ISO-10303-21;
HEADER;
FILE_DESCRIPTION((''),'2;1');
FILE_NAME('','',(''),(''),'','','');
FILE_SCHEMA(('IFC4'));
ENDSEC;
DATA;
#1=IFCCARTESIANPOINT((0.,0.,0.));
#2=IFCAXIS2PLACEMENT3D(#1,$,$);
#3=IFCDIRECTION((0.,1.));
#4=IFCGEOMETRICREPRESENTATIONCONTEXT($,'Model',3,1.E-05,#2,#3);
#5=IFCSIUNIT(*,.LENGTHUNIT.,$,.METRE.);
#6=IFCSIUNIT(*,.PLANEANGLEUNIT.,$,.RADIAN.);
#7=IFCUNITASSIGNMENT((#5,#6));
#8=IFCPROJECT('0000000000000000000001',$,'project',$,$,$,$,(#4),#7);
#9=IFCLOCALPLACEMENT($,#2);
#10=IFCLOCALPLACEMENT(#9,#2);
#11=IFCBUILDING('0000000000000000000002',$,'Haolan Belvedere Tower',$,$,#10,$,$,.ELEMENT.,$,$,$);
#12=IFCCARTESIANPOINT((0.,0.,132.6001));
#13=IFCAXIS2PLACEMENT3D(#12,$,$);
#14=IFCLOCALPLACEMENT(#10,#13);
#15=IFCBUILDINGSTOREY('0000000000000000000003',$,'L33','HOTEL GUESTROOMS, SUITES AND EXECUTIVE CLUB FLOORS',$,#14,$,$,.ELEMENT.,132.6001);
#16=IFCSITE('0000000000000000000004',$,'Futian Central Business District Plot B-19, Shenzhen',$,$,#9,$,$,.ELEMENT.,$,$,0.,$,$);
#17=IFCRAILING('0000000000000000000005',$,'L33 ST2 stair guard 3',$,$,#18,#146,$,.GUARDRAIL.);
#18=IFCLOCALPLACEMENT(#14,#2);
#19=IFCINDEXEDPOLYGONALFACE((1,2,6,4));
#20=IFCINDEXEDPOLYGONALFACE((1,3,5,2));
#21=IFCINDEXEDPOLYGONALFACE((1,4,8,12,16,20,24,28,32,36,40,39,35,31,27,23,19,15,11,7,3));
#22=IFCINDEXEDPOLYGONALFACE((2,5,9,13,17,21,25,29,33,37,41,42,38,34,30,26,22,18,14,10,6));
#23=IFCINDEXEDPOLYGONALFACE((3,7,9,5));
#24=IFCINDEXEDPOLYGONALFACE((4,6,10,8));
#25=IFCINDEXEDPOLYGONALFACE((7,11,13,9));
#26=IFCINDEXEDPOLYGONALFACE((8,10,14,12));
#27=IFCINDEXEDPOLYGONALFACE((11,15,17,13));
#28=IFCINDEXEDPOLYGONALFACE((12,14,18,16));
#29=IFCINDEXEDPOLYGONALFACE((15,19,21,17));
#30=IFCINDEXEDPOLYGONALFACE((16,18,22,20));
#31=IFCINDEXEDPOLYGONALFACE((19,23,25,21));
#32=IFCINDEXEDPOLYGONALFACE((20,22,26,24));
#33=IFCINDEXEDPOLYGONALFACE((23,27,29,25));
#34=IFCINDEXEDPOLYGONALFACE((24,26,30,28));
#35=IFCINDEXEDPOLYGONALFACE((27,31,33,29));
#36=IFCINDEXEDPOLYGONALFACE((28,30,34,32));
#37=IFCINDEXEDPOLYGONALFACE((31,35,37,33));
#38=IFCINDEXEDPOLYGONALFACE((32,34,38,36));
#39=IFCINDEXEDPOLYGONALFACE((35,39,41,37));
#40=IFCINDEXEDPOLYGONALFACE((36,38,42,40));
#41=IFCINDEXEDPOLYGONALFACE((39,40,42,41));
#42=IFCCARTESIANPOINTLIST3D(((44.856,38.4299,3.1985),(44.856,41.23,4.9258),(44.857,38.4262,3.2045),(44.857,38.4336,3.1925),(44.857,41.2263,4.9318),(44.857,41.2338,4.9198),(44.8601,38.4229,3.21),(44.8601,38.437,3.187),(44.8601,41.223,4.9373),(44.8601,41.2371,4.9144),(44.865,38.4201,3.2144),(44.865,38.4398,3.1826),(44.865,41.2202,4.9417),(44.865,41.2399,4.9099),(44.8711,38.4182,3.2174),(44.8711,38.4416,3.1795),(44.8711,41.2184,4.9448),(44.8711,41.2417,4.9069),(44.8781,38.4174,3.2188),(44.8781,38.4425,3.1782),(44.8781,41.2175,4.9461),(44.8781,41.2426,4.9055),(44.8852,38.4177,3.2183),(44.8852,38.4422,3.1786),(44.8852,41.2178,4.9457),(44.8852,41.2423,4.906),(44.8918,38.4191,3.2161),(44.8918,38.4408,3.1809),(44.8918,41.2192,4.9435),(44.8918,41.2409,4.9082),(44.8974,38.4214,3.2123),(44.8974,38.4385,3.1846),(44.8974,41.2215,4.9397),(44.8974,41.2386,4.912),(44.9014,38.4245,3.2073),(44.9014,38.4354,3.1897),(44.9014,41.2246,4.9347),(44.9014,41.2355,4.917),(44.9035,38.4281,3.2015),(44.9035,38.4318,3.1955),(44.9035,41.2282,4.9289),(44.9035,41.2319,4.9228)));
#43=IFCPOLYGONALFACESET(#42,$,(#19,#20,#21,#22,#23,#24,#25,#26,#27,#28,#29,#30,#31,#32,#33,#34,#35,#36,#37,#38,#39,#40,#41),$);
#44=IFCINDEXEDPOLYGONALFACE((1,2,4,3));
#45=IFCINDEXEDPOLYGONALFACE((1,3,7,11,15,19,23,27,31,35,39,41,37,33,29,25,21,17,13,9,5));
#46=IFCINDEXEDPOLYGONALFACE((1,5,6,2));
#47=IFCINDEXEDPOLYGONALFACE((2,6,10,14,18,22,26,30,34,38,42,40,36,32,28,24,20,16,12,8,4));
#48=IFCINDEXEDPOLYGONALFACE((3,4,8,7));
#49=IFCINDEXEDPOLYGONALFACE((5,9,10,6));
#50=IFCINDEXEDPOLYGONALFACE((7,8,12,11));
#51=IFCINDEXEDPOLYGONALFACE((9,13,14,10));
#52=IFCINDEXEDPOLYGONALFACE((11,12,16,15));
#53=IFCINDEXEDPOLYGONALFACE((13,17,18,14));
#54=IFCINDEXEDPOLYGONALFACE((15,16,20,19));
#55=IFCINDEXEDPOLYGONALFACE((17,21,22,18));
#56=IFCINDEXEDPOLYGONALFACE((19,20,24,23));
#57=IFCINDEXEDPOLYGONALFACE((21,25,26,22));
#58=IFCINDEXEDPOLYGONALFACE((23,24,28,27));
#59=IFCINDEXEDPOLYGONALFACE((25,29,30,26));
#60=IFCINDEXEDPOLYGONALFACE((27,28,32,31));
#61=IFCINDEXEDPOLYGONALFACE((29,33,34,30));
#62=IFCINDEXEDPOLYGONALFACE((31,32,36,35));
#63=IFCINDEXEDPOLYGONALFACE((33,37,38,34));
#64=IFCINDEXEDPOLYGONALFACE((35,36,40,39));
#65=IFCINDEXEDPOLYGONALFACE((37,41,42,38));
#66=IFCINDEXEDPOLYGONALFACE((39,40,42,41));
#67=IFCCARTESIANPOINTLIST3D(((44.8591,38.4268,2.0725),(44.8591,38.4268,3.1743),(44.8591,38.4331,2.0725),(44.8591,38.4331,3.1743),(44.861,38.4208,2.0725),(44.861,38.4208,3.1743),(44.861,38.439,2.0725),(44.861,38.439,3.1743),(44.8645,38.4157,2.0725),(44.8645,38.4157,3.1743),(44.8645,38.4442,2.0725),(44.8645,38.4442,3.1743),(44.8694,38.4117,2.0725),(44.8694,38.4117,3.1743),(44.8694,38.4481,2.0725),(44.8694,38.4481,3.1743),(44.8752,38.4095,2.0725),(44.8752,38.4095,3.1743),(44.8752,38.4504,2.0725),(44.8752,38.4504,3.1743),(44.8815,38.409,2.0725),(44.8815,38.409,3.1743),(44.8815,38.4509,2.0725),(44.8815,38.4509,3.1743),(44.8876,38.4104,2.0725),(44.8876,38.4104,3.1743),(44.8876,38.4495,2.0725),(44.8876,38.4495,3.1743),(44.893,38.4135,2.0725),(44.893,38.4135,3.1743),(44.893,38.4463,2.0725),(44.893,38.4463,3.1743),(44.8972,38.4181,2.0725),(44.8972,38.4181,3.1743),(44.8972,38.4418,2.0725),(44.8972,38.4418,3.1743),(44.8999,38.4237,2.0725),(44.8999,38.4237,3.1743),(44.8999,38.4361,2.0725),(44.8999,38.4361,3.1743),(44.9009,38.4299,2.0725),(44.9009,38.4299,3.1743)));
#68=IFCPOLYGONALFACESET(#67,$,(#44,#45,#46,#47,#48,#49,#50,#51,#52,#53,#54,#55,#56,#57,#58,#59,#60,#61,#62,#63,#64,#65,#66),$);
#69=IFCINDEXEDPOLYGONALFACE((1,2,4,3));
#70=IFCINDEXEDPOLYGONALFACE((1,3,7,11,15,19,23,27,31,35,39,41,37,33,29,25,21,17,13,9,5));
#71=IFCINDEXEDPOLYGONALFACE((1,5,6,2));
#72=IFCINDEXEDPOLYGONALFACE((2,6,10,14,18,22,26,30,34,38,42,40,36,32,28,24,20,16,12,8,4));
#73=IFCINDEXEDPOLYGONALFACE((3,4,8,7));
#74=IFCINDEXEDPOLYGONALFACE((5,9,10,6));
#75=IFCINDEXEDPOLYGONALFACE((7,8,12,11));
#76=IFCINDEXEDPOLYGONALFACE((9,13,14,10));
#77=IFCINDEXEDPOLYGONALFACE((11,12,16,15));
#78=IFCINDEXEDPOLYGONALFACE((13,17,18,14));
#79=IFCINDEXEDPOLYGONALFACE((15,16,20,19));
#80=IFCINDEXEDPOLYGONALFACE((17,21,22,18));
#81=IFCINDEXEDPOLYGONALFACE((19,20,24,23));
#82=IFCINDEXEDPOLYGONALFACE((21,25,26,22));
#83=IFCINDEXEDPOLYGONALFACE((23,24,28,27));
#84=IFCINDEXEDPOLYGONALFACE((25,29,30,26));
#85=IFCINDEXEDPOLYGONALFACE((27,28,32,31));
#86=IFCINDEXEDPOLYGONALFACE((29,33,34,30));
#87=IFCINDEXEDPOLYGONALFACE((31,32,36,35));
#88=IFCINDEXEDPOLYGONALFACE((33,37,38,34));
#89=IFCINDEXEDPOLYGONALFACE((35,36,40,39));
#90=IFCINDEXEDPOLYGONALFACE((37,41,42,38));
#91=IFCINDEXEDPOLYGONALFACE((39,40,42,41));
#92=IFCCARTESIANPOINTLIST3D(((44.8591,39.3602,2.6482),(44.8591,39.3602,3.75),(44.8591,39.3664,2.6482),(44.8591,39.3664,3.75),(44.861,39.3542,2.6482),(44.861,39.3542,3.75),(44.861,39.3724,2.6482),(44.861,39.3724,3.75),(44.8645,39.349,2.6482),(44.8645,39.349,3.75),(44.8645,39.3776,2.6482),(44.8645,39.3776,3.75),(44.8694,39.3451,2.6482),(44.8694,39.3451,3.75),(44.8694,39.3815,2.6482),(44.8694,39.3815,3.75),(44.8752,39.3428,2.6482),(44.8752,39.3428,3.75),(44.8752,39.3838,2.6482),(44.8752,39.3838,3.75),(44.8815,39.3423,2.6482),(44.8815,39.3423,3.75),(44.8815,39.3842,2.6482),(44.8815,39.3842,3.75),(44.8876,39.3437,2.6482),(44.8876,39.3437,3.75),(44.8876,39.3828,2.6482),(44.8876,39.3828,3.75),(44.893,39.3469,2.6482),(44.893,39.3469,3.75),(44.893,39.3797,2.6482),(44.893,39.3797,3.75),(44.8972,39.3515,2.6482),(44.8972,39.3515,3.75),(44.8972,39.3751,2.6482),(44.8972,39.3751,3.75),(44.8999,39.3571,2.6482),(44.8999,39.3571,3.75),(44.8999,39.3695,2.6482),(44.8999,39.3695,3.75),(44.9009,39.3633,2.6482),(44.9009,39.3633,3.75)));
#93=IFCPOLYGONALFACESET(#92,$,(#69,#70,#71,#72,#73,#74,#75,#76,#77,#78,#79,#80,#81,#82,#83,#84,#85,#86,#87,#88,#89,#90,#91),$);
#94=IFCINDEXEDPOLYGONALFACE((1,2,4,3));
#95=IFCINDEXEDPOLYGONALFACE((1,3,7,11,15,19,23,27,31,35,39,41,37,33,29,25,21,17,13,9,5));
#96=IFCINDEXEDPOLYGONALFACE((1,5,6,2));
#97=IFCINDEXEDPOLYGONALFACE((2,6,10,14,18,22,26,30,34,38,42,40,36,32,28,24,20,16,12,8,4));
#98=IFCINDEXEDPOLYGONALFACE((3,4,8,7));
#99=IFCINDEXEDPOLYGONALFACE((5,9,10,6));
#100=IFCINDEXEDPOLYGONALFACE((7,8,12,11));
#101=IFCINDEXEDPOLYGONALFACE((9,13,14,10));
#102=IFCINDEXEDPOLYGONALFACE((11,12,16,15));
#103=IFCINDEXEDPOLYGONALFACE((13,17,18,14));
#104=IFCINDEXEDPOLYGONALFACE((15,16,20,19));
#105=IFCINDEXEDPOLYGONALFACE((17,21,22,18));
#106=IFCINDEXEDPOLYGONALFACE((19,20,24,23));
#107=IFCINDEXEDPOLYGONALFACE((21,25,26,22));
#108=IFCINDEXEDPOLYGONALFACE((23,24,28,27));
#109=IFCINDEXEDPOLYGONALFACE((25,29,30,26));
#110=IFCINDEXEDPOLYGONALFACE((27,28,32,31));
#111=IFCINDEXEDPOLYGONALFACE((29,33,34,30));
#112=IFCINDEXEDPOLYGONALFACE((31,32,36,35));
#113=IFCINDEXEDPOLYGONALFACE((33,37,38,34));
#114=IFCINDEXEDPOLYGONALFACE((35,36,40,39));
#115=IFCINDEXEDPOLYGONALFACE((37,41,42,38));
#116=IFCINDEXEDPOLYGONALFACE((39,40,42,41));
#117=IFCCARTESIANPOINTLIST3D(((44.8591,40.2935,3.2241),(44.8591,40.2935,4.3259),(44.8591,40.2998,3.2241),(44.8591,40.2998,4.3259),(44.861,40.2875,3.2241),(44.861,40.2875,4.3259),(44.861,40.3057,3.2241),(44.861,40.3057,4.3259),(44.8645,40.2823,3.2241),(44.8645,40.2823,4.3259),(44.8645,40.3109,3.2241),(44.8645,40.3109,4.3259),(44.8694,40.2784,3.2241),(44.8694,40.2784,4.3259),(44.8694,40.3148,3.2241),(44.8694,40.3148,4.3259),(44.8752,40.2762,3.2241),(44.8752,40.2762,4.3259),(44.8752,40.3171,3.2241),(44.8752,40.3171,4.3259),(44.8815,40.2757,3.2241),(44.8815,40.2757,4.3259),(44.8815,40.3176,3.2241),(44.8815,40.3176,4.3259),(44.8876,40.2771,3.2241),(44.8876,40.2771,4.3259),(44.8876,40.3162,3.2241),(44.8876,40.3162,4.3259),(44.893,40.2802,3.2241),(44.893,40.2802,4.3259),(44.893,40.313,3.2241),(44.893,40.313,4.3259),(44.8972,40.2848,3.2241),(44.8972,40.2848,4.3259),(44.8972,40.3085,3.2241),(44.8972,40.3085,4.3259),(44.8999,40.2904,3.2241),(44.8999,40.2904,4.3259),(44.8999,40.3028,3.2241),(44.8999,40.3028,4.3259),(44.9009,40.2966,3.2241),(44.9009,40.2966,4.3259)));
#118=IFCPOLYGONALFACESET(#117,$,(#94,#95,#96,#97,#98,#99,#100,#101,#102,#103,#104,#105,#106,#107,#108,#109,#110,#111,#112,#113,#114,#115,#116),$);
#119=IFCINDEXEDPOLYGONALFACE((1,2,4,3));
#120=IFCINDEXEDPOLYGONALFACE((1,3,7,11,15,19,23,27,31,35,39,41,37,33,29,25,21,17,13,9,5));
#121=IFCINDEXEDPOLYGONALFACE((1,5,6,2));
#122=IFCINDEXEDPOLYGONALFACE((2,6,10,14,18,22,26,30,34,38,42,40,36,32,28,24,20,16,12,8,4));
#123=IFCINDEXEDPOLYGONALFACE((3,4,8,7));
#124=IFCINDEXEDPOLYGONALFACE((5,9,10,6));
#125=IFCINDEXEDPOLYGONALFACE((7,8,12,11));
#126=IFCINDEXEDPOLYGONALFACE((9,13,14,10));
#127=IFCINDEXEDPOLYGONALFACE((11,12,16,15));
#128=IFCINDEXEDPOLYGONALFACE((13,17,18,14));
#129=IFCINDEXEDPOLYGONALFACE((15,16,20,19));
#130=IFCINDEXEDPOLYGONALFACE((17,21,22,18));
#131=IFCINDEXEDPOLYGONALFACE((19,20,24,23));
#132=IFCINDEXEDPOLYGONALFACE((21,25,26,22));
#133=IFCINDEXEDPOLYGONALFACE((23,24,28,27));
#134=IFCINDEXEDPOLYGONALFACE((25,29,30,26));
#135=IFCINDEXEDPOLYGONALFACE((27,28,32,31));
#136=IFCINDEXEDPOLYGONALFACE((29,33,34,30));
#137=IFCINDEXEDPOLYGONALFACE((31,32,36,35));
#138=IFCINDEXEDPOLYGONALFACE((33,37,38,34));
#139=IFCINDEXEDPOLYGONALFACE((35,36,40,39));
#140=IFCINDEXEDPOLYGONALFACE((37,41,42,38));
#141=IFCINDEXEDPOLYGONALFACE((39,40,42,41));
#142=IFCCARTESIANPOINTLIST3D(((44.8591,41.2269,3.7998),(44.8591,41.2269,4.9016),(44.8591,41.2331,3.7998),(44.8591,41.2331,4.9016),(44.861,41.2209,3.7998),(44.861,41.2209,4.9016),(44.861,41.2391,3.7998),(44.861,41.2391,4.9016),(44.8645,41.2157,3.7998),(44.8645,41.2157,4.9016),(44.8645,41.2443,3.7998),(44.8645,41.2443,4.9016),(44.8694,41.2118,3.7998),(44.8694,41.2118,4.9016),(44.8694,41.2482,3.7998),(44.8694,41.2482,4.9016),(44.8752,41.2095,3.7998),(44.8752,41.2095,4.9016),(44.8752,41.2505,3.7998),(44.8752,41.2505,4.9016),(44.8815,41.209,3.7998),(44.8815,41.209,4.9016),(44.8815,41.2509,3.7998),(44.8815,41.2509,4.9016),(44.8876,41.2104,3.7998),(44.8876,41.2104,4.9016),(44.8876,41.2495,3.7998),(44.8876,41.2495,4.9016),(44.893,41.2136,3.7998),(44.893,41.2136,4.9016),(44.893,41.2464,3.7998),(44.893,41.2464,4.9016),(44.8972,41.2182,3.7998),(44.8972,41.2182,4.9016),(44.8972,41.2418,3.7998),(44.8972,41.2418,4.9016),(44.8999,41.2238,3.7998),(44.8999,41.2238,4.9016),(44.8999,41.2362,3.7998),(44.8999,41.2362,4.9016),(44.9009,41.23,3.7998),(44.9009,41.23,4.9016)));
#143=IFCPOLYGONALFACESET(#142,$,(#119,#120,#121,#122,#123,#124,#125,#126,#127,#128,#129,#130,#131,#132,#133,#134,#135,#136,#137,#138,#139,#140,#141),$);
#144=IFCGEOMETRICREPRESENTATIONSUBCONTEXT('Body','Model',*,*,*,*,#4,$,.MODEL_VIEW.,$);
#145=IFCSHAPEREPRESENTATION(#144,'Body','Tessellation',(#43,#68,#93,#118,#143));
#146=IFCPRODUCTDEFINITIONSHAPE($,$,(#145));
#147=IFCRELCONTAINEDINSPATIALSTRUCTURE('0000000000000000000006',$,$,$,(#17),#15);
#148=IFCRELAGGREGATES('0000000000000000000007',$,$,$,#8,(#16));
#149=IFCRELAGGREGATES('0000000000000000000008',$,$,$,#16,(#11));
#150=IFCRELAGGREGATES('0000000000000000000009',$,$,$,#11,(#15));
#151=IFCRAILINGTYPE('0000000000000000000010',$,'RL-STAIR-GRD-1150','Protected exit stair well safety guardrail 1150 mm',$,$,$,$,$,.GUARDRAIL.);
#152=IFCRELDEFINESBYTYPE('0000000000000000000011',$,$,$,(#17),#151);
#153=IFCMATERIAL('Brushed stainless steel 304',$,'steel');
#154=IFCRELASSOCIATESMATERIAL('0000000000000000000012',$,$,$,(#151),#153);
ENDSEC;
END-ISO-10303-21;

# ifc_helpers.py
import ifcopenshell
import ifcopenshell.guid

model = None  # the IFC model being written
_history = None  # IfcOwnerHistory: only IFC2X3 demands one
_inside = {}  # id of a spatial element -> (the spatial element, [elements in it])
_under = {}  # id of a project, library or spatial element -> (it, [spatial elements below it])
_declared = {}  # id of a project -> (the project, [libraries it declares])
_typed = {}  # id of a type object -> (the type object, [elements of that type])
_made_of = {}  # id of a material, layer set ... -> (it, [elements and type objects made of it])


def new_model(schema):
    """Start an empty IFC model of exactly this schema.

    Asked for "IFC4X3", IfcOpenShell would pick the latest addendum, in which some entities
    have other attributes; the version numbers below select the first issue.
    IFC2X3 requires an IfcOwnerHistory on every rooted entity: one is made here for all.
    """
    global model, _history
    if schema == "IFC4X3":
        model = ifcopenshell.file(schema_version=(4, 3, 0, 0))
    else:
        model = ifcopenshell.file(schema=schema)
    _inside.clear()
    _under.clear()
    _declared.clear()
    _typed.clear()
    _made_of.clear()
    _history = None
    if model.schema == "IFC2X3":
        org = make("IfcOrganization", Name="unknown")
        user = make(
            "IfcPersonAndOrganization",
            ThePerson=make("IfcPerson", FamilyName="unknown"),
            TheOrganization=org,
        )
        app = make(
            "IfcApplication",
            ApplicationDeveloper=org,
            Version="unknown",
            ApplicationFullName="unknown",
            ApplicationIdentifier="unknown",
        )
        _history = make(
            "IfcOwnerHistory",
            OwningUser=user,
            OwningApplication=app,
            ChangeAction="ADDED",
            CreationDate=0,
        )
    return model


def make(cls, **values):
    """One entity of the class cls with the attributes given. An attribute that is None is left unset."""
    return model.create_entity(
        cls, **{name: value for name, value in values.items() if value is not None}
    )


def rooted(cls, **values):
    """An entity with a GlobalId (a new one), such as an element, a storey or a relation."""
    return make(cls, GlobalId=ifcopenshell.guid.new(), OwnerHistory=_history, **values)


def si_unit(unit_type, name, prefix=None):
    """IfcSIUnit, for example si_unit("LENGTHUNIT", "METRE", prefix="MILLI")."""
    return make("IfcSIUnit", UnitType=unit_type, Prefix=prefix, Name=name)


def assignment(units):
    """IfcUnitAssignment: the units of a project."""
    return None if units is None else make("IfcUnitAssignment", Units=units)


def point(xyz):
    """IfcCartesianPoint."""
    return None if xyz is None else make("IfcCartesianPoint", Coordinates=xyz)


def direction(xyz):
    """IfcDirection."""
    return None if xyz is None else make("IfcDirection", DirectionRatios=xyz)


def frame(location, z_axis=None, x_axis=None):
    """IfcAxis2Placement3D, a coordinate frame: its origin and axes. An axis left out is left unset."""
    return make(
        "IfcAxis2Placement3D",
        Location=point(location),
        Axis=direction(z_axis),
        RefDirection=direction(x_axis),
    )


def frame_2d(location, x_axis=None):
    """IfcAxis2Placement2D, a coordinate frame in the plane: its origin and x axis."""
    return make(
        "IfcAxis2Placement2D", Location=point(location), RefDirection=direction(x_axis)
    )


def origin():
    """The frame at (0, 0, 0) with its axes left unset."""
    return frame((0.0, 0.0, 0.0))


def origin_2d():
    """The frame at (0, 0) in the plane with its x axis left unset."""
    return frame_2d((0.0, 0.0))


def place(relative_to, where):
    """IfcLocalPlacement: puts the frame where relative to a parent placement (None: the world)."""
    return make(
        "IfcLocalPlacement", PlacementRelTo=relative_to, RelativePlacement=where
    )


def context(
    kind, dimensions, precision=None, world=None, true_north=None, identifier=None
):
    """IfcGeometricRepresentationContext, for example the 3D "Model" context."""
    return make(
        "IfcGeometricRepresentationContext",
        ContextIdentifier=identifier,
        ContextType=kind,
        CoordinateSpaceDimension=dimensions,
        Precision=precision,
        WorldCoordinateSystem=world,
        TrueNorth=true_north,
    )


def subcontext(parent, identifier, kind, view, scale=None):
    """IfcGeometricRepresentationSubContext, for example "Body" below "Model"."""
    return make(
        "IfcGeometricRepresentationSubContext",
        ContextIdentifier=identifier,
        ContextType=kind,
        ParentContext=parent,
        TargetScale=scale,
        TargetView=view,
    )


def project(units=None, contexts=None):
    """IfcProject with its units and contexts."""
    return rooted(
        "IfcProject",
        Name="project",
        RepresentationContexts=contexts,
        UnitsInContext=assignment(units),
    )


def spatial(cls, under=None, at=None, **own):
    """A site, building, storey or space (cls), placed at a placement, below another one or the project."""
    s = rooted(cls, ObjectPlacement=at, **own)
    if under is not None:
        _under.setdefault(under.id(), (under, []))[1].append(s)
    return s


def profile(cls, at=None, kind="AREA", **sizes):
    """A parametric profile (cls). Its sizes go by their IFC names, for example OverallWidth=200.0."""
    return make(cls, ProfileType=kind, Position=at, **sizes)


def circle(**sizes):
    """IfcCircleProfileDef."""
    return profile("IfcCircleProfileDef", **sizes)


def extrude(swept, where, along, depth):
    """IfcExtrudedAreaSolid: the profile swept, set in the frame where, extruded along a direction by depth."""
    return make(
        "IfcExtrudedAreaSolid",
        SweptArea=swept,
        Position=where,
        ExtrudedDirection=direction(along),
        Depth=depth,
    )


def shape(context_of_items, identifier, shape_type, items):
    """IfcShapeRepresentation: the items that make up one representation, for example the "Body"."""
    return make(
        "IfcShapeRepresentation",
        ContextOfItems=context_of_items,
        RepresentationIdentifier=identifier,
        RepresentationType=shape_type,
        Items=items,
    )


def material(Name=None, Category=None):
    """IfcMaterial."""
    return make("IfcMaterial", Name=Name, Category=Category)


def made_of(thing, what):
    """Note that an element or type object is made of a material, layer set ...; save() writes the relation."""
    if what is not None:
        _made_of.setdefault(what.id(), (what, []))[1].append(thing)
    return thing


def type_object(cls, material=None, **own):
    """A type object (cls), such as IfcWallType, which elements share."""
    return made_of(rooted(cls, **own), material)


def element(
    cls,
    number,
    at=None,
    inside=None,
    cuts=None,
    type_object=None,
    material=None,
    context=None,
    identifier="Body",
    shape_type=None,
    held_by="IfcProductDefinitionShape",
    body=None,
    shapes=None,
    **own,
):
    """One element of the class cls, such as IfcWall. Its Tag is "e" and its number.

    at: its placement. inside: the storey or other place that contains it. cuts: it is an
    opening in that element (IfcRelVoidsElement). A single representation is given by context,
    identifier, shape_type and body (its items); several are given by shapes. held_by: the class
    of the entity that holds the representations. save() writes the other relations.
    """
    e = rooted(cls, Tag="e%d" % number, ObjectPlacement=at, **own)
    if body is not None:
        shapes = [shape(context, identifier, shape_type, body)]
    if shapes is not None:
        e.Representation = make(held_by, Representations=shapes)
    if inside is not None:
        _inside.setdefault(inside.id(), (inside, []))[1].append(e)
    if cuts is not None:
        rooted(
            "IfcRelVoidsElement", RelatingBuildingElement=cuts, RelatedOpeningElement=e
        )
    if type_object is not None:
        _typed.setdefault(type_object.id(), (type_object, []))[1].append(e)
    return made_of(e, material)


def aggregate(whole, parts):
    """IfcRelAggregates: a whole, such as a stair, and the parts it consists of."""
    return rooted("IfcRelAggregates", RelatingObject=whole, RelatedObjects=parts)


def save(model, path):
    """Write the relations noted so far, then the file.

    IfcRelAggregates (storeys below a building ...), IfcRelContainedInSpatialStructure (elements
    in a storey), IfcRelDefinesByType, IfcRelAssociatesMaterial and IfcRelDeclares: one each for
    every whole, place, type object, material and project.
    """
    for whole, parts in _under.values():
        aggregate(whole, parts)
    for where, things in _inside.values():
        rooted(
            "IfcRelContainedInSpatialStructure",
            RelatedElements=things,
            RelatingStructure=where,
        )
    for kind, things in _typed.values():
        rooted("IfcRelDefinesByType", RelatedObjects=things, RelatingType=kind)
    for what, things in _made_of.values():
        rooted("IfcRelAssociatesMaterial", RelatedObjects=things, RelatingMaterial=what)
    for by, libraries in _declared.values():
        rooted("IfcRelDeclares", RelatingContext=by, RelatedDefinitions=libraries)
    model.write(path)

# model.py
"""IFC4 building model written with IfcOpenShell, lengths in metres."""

from ifc_helpers import new_model, si_unit, direction, frame, origin, origin_2d, place, context, subcontext, project, spatial, circle, extrude, material, type_object, element, save


model = new_model("IFC4")

# Units and contexts
model_context = context("Model", 3, precision=1e-05, world=origin(), true_north=direction((0.0, 1.0)))
body_context = subcontext(model_context, "Body", "Model", "MODEL_VIEW")
ifc_project = project(units=[si_unit("LENGTHUNIT", "METRE"), si_unit("PLANEANGLEUNIT", "RADIAN")], contexts=[model_context])

# Site, building, storey
site_placement = place(None, origin())
site = spatial("IfcSite", under=ifc_project, at=site_placement, Name="Futian Central Business District Plot B-19, Shenzhen", CompositionType="ELEMENT", RefElevation=0.0)
building_placement = place(site_placement, origin())
building = spatial("IfcBuilding", under=site, at=building_placement, Name="Haolan Belvedere Tower", CompositionType="ELEMENT")
storey_placement = place(building_placement, frame((0.0, 0.0, 132.6001)))
storey = spatial("IfcBuildingStorey", under=building, at=storey_placement, Name="L33", Description="HOTEL GUESTROOMS, SUITES AND EXECUTIVE CLUB FLOORS", CompositionType="ELEMENT", Elevation=132.6001)

# Railing
ifc_material_1 = material(Name="Brushed stainless steel 304", Category="steel")
railing_type_1 = type_object("IfcRailingType", Name="RL-STAIR-GRD-1150", Description="Protected exit stair well safety guardrail 1150 mm", PredefinedType="GUARDRAIL", material=ifc_material_1)
railing_1_placement = place(storey_placement, frame((44.8799, 38.4299, 2.0725)))
element("IfcRailing", 1, at=railing_1_placement, inside=storey, type_object=railing_type_1, Name="L33 ST2 stair guard 3", PredefinedType="GUARDRAIL", context=body_context, shape_type="SweptSolid", body=[
    extrude(circle(Radius=0.0239, at=origin_2d()), frame((0.0, 0.0, 1.126), z_axis=(0.0, 0.85109, 0.52502), x_axis=(-1.0, 0.0, 0.0)), (0.0, 0.0, 1.0), 3.29),
    extrude(circle(Radius=0.021, at=origin_2d()), origin(), (0.0, 0.0, 1.0), 1.1018),
    extrude(circle(Radius=0.021, at=origin_2d()), frame((0.0, 0.9333, 0.5757)), (0.0, 0.0, 1.0), 1.1018),
    extrude(circle(Radius=0.021, at=origin_2d()), frame((0.0, 1.8667, 1.1516)), (0.0, 0.0, 1.0), 1.1018),
    extrude(circle(Radius=0.021, at=origin_2d()), frame((0.0, 2.8, 1.7273)), (0.0, 0.0, 1.0), 1.1018),
])

save(model, "model.ifc")
